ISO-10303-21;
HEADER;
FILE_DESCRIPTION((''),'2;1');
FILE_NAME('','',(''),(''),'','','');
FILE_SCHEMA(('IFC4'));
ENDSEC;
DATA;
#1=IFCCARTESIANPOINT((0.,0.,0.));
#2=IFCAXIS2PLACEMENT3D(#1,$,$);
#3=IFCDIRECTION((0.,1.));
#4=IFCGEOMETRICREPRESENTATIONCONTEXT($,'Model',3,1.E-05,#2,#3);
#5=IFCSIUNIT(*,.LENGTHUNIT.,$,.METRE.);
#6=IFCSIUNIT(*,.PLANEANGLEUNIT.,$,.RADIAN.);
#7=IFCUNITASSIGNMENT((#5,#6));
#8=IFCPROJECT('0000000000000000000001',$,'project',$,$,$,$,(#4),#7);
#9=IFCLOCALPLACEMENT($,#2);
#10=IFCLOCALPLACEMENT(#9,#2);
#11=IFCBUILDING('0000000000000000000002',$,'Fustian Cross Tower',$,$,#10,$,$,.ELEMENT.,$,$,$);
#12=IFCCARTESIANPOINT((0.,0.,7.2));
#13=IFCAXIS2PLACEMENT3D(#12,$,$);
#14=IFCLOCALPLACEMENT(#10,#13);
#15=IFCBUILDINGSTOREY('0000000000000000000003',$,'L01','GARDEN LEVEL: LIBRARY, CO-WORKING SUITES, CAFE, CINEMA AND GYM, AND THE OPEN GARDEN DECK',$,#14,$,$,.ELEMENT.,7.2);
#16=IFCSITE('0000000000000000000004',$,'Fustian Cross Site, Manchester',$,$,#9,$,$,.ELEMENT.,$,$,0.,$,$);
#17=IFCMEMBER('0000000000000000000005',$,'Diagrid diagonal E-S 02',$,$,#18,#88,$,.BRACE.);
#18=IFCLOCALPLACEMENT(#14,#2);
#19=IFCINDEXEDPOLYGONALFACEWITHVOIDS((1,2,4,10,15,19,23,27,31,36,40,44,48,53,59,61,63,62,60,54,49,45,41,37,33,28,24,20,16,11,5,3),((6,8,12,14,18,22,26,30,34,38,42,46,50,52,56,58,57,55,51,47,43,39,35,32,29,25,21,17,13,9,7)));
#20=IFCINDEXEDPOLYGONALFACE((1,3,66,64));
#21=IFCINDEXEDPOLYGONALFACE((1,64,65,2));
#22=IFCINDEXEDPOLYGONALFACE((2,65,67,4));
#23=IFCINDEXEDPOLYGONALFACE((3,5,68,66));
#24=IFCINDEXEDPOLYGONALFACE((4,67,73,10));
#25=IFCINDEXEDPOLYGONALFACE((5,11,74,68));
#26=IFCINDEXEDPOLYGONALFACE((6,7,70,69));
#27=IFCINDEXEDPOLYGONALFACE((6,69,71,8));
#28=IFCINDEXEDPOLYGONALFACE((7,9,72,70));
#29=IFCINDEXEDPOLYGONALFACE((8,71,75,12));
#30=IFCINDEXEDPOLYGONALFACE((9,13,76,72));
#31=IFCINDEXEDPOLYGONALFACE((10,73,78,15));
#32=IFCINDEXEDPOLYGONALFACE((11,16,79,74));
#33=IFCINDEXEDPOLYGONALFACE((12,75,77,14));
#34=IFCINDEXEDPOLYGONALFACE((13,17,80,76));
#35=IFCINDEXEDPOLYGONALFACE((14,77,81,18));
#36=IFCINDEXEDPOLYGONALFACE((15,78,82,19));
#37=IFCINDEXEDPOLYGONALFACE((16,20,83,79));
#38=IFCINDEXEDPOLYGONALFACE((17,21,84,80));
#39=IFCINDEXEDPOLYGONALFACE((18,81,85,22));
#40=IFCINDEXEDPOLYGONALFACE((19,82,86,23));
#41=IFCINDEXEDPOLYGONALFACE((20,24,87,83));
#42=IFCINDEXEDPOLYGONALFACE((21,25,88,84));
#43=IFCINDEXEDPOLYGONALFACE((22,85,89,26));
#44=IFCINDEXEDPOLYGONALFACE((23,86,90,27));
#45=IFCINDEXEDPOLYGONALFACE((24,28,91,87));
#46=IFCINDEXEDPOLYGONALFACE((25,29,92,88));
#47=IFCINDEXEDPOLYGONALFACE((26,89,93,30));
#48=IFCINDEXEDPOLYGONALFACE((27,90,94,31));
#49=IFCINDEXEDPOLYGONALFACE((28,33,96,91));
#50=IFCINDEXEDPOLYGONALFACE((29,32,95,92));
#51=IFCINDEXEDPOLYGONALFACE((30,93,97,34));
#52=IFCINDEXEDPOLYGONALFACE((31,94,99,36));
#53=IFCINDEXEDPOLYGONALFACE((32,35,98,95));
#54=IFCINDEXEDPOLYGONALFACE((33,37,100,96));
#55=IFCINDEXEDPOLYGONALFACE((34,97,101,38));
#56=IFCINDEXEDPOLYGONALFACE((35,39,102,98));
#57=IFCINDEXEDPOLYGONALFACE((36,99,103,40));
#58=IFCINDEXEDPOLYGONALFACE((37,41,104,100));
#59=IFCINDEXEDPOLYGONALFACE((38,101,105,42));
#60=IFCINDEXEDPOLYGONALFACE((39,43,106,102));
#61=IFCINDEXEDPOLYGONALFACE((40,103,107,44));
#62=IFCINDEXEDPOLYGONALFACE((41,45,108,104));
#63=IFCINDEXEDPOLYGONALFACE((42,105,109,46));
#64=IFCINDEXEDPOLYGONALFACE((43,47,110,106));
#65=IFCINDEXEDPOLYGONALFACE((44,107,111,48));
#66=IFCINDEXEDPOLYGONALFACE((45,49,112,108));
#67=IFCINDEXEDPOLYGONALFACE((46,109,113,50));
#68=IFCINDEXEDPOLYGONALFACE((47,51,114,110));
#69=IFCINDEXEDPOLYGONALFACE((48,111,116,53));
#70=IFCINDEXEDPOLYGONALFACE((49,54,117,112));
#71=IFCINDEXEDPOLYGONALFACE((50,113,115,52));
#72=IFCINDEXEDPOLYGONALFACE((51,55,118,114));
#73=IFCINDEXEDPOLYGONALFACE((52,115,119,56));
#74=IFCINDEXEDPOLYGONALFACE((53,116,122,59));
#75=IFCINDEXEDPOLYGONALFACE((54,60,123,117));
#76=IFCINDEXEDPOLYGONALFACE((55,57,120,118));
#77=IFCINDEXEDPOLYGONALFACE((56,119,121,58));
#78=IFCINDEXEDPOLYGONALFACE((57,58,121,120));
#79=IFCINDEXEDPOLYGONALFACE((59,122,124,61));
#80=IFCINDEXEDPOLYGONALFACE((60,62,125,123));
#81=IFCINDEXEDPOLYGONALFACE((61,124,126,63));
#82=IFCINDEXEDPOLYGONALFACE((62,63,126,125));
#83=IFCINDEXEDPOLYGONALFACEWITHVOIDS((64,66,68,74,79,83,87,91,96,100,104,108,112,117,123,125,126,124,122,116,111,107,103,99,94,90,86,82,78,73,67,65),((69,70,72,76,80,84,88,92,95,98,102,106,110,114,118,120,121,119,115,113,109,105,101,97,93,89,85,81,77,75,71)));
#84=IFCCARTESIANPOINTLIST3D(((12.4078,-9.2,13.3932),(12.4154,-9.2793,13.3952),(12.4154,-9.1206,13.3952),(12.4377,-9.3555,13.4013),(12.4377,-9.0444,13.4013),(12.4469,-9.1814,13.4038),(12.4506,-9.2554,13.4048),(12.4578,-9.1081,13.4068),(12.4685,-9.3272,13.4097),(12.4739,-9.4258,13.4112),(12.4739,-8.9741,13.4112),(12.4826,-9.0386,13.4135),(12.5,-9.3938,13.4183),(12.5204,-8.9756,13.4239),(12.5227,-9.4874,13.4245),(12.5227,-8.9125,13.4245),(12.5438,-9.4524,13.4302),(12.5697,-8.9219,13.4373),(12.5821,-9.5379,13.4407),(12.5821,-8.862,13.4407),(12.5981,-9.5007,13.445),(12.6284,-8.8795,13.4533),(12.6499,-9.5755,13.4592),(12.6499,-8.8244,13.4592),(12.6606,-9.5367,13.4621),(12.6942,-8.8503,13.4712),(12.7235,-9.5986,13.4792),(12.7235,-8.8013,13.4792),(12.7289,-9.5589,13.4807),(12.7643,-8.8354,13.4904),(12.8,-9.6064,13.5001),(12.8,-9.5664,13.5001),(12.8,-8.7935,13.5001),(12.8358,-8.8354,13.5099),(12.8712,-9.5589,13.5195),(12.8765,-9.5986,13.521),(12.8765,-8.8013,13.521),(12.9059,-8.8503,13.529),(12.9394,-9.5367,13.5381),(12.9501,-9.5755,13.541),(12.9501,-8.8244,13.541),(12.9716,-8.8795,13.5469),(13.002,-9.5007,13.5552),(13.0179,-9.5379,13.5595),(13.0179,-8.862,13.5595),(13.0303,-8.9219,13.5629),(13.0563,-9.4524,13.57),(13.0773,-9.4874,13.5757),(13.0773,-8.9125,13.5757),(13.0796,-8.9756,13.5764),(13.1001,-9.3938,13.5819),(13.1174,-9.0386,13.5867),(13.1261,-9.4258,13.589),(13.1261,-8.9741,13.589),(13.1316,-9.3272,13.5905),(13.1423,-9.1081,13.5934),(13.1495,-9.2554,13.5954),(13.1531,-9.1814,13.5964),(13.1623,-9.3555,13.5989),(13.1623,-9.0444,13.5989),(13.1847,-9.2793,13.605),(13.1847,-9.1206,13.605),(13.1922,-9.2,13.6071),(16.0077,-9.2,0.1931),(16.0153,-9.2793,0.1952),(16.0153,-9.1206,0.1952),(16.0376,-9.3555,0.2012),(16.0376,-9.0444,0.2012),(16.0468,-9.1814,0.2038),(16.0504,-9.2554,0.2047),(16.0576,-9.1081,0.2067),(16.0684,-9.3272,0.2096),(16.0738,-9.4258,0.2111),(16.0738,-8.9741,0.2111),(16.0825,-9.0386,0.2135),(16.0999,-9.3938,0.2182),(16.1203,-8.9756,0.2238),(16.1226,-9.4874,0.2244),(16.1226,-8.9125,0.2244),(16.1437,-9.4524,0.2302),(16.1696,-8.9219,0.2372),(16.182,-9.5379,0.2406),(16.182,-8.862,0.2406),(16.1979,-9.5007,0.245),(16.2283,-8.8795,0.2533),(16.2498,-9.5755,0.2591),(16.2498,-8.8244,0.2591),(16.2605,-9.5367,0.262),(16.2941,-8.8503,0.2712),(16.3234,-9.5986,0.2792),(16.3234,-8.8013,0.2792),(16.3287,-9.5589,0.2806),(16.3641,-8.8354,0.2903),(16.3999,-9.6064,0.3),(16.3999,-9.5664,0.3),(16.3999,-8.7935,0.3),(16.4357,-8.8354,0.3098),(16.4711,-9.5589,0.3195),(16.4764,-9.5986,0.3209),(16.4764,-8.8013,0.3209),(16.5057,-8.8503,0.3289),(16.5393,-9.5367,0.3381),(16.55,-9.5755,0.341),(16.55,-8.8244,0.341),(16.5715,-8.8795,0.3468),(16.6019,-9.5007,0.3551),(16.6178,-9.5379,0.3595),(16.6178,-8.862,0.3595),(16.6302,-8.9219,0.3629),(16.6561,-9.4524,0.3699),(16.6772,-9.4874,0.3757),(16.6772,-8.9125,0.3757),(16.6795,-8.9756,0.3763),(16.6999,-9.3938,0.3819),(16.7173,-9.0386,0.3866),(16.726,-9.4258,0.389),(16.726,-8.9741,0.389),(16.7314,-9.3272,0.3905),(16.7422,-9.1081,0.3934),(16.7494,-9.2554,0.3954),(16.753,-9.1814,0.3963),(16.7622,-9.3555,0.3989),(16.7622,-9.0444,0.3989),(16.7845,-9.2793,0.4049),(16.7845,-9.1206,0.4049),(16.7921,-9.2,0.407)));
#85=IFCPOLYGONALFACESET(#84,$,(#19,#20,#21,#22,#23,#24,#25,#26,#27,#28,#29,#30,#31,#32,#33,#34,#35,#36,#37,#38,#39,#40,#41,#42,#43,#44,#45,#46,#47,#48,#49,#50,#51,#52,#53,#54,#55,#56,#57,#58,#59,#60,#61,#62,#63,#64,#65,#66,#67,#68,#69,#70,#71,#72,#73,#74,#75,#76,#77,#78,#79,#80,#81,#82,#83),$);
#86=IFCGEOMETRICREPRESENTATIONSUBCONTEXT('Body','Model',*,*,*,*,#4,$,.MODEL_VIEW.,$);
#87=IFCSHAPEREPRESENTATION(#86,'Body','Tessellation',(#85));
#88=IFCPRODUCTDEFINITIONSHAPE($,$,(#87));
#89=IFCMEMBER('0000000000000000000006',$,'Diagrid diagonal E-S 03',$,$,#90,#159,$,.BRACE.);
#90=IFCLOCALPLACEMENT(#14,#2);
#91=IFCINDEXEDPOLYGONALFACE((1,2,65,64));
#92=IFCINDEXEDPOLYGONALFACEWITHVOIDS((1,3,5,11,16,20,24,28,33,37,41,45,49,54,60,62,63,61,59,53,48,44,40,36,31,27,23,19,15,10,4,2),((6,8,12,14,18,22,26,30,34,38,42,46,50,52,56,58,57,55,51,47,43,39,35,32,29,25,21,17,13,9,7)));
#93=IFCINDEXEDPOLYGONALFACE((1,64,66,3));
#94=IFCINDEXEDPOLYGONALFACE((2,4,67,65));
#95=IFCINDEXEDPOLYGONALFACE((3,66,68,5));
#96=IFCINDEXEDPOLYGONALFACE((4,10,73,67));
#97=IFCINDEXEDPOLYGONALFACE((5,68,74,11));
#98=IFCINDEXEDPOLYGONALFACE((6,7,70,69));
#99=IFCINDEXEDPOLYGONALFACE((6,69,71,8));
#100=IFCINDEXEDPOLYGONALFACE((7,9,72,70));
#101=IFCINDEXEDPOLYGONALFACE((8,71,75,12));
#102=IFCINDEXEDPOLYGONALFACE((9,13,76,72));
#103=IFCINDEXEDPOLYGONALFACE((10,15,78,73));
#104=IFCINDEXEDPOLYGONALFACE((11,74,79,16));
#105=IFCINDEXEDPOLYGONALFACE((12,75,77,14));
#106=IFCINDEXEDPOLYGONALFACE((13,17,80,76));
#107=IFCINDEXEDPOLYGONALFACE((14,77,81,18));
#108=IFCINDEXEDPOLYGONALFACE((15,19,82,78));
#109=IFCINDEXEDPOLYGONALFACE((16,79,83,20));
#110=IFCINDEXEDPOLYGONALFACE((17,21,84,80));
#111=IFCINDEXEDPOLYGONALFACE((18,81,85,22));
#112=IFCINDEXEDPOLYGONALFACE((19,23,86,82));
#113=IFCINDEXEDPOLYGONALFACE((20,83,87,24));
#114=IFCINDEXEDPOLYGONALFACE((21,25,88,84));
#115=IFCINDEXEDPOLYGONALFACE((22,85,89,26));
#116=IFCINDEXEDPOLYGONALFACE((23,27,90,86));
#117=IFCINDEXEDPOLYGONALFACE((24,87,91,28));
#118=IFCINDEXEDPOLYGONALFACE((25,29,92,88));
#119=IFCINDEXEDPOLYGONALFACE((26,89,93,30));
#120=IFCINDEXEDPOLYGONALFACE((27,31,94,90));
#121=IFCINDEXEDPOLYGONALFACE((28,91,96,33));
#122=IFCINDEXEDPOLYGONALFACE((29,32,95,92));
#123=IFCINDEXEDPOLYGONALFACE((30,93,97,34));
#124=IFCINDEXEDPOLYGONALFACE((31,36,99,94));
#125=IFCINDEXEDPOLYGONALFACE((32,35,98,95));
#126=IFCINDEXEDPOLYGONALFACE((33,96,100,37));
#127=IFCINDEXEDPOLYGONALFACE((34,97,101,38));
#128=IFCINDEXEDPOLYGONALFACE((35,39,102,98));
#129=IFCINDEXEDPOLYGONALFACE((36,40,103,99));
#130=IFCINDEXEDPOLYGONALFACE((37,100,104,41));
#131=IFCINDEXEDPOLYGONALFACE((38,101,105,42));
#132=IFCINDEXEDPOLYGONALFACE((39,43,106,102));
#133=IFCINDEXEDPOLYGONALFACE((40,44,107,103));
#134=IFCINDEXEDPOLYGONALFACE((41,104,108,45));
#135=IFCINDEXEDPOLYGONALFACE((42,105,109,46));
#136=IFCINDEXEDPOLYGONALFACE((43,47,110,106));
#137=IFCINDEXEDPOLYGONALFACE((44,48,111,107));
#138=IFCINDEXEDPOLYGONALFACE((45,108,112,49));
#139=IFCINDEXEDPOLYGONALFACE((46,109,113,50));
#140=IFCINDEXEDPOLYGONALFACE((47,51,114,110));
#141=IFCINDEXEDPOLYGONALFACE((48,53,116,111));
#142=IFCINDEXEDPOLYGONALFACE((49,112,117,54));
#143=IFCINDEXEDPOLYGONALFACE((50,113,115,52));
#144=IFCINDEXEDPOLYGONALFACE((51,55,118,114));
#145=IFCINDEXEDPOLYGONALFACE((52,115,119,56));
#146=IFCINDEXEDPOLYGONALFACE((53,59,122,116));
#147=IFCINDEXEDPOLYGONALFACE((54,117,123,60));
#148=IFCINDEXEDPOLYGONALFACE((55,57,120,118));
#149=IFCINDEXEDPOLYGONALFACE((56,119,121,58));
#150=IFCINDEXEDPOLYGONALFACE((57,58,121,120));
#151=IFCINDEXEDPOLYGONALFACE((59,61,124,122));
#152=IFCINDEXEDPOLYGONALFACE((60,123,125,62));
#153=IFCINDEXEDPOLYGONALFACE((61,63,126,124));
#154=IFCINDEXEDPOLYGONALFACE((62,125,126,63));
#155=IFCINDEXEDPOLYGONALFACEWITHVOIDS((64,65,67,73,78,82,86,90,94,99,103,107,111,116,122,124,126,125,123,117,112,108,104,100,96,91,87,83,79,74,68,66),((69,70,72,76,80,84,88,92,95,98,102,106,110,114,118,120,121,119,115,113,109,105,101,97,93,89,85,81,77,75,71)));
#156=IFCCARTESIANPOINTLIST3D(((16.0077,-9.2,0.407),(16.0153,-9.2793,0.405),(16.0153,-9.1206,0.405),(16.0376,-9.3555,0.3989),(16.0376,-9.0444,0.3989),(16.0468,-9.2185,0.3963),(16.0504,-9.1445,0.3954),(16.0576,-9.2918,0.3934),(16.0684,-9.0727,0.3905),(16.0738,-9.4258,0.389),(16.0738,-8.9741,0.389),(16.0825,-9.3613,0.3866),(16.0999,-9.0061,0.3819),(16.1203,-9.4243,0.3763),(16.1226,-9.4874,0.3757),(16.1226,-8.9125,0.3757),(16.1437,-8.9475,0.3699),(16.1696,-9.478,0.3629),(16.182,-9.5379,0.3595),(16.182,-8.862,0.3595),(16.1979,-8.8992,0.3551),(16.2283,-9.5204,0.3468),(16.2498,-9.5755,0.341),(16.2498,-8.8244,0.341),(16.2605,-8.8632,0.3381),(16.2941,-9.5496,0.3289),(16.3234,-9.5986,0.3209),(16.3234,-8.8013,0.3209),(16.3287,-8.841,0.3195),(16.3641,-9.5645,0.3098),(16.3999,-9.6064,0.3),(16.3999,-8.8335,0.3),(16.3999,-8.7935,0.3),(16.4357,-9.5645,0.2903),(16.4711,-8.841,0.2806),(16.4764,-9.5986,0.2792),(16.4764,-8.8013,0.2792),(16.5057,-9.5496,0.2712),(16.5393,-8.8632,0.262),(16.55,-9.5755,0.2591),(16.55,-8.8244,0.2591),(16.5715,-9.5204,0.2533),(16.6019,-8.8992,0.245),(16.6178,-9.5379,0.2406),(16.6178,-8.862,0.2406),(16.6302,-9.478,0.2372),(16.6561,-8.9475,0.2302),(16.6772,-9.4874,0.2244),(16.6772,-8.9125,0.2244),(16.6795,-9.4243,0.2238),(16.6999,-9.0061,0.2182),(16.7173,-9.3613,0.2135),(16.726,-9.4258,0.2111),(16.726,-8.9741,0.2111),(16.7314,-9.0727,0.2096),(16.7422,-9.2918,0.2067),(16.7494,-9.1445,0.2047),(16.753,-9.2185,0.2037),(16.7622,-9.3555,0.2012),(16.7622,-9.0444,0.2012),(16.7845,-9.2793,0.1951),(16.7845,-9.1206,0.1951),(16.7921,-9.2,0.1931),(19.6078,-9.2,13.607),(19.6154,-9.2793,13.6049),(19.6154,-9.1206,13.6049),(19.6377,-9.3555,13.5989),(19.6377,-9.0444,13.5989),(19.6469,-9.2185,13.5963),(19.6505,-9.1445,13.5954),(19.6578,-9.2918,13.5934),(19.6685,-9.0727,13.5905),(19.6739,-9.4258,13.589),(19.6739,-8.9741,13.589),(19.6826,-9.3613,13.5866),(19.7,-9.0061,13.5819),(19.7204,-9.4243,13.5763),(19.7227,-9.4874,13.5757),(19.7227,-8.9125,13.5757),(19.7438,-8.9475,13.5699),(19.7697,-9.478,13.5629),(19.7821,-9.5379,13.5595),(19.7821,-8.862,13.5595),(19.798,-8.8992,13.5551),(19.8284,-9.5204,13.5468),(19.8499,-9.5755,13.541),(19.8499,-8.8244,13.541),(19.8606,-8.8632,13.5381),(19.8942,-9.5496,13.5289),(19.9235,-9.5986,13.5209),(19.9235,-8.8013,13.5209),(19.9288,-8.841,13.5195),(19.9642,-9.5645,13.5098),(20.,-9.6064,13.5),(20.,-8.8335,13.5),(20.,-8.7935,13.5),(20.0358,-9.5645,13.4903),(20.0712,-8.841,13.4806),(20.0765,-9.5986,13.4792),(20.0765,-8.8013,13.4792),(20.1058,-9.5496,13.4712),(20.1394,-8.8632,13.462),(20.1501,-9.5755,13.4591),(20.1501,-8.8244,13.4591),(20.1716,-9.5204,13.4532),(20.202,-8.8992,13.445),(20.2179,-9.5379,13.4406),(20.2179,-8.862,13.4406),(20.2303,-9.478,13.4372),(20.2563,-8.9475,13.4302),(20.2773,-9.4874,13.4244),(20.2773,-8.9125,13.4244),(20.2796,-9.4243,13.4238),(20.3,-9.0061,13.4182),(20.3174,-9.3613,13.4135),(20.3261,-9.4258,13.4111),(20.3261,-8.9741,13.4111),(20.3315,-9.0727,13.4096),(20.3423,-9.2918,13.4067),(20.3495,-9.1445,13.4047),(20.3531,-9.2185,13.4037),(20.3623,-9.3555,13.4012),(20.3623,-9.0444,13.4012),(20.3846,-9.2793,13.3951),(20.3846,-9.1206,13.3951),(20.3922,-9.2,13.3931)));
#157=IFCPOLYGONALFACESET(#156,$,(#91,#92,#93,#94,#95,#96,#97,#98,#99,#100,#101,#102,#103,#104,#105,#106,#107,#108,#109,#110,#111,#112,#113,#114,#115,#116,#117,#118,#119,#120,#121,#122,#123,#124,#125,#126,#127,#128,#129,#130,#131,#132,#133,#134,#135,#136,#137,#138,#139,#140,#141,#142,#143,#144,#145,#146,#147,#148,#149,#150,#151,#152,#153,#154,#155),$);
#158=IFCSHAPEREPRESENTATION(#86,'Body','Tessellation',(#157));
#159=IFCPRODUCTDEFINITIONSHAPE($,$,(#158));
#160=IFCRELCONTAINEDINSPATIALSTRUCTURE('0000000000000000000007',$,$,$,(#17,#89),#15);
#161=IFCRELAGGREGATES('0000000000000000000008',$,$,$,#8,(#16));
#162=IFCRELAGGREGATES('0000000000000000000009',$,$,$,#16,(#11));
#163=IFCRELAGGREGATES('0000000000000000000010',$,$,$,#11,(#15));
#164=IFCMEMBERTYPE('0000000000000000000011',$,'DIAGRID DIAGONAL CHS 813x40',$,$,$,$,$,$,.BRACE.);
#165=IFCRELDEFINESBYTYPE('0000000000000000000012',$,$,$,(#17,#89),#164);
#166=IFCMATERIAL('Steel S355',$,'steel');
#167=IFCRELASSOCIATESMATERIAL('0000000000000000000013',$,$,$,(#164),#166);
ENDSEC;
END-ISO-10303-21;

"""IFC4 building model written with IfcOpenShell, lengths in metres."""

from ifc_helpers import new_model, si_unit, direction, frame, origin, origin_2d, place, context, subcontext, project, spatial, hollow_circle, extrude, material, material_profile, profile_set, type_object, element, save


model = new_model("IFC4")

# Units and contexts
model_context = context("Model", 3, precision=1e-05, world=origin(), true_north=direction((0.0, 1.0)))
body_context = subcontext(model_context, "Body", "Model", "MODEL_VIEW")
ifc_project = project(units=[si_unit("LENGTHUNIT", "METRE"), si_unit("PLANEANGLEUNIT", "RADIAN")], contexts=[model_context])

# Site, building, storey
site_placement = place(None, origin())
site = spatial("IfcSite", under=ifc_project, at=site_placement, Name="Fustian Cross Site, Manchester", CompositionType="ELEMENT", RefElevation=0.0)
building_placement = place(site_placement, origin())
building = spatial("IfcBuilding", under=site, at=building_placement, Name="Fustian Cross Tower", CompositionType="ELEMENT")
storey_placement = place(building_placement, frame((0.0, 0.0, 7.2)))
storey = spatial("IfcBuildingStorey", under=building, at=storey_placement, Name="L01", Description="GARDEN LEVEL: LIBRARY, CO-WORKING SUITES, CAFE, CINEMA AND GYM, AND THE OPEN GARDEN DECK", CompositionType="ELEMENT", Elevation=7.2)

# Members
ifc_material_1 = material(Name="Steel S355", Category="steel")
ifc_material_profile_1 = material_profile(ifc_material_1, hollow_circle(Radius=0.4065, WallThickness=0.04, at=origin_2d()), Name="CHS 813x40")
ifc_profile_set_1 = profile_set([ifc_material_profile_1], Name="Steel S355")
member_type_1 = type_object("IfcMemberType", Name="DIAGRID DIAGONAL CHS 813x40", PredefinedType="BRACE", material=ifc_profile_set_1)
for number, where, z_axis, x_axis, name in (
    (1, (16.3999, -9.2, 0.3), (-0.263108, 0.0, 0.964766), (0.0, -1.0, 0.0), "Diagrid diagonal E-S 02"),
    (2, (16.3999, -9.2, 0.3), (0.263125, 0.0, 0.964762), (0.0, 1.0, 0.0), "Diagrid diagonal E-S 03"),
):
    element("IfcMember", number, at=place(storey_placement, frame(where, z_axis=z_axis, x_axis=x_axis)), inside=storey, type_object=member_type_1, Name=name, PredefinedType="BRACE", context=body_context, shape_type="SweptSolid", body=[
        extrude(hollow_circle(Radius=0.4065, WallThickness=0.04, at=origin_2d()), origin(), (0.0, 0.0, 1.0), 13.6821),
    ])

save(model, "model.ifc")
